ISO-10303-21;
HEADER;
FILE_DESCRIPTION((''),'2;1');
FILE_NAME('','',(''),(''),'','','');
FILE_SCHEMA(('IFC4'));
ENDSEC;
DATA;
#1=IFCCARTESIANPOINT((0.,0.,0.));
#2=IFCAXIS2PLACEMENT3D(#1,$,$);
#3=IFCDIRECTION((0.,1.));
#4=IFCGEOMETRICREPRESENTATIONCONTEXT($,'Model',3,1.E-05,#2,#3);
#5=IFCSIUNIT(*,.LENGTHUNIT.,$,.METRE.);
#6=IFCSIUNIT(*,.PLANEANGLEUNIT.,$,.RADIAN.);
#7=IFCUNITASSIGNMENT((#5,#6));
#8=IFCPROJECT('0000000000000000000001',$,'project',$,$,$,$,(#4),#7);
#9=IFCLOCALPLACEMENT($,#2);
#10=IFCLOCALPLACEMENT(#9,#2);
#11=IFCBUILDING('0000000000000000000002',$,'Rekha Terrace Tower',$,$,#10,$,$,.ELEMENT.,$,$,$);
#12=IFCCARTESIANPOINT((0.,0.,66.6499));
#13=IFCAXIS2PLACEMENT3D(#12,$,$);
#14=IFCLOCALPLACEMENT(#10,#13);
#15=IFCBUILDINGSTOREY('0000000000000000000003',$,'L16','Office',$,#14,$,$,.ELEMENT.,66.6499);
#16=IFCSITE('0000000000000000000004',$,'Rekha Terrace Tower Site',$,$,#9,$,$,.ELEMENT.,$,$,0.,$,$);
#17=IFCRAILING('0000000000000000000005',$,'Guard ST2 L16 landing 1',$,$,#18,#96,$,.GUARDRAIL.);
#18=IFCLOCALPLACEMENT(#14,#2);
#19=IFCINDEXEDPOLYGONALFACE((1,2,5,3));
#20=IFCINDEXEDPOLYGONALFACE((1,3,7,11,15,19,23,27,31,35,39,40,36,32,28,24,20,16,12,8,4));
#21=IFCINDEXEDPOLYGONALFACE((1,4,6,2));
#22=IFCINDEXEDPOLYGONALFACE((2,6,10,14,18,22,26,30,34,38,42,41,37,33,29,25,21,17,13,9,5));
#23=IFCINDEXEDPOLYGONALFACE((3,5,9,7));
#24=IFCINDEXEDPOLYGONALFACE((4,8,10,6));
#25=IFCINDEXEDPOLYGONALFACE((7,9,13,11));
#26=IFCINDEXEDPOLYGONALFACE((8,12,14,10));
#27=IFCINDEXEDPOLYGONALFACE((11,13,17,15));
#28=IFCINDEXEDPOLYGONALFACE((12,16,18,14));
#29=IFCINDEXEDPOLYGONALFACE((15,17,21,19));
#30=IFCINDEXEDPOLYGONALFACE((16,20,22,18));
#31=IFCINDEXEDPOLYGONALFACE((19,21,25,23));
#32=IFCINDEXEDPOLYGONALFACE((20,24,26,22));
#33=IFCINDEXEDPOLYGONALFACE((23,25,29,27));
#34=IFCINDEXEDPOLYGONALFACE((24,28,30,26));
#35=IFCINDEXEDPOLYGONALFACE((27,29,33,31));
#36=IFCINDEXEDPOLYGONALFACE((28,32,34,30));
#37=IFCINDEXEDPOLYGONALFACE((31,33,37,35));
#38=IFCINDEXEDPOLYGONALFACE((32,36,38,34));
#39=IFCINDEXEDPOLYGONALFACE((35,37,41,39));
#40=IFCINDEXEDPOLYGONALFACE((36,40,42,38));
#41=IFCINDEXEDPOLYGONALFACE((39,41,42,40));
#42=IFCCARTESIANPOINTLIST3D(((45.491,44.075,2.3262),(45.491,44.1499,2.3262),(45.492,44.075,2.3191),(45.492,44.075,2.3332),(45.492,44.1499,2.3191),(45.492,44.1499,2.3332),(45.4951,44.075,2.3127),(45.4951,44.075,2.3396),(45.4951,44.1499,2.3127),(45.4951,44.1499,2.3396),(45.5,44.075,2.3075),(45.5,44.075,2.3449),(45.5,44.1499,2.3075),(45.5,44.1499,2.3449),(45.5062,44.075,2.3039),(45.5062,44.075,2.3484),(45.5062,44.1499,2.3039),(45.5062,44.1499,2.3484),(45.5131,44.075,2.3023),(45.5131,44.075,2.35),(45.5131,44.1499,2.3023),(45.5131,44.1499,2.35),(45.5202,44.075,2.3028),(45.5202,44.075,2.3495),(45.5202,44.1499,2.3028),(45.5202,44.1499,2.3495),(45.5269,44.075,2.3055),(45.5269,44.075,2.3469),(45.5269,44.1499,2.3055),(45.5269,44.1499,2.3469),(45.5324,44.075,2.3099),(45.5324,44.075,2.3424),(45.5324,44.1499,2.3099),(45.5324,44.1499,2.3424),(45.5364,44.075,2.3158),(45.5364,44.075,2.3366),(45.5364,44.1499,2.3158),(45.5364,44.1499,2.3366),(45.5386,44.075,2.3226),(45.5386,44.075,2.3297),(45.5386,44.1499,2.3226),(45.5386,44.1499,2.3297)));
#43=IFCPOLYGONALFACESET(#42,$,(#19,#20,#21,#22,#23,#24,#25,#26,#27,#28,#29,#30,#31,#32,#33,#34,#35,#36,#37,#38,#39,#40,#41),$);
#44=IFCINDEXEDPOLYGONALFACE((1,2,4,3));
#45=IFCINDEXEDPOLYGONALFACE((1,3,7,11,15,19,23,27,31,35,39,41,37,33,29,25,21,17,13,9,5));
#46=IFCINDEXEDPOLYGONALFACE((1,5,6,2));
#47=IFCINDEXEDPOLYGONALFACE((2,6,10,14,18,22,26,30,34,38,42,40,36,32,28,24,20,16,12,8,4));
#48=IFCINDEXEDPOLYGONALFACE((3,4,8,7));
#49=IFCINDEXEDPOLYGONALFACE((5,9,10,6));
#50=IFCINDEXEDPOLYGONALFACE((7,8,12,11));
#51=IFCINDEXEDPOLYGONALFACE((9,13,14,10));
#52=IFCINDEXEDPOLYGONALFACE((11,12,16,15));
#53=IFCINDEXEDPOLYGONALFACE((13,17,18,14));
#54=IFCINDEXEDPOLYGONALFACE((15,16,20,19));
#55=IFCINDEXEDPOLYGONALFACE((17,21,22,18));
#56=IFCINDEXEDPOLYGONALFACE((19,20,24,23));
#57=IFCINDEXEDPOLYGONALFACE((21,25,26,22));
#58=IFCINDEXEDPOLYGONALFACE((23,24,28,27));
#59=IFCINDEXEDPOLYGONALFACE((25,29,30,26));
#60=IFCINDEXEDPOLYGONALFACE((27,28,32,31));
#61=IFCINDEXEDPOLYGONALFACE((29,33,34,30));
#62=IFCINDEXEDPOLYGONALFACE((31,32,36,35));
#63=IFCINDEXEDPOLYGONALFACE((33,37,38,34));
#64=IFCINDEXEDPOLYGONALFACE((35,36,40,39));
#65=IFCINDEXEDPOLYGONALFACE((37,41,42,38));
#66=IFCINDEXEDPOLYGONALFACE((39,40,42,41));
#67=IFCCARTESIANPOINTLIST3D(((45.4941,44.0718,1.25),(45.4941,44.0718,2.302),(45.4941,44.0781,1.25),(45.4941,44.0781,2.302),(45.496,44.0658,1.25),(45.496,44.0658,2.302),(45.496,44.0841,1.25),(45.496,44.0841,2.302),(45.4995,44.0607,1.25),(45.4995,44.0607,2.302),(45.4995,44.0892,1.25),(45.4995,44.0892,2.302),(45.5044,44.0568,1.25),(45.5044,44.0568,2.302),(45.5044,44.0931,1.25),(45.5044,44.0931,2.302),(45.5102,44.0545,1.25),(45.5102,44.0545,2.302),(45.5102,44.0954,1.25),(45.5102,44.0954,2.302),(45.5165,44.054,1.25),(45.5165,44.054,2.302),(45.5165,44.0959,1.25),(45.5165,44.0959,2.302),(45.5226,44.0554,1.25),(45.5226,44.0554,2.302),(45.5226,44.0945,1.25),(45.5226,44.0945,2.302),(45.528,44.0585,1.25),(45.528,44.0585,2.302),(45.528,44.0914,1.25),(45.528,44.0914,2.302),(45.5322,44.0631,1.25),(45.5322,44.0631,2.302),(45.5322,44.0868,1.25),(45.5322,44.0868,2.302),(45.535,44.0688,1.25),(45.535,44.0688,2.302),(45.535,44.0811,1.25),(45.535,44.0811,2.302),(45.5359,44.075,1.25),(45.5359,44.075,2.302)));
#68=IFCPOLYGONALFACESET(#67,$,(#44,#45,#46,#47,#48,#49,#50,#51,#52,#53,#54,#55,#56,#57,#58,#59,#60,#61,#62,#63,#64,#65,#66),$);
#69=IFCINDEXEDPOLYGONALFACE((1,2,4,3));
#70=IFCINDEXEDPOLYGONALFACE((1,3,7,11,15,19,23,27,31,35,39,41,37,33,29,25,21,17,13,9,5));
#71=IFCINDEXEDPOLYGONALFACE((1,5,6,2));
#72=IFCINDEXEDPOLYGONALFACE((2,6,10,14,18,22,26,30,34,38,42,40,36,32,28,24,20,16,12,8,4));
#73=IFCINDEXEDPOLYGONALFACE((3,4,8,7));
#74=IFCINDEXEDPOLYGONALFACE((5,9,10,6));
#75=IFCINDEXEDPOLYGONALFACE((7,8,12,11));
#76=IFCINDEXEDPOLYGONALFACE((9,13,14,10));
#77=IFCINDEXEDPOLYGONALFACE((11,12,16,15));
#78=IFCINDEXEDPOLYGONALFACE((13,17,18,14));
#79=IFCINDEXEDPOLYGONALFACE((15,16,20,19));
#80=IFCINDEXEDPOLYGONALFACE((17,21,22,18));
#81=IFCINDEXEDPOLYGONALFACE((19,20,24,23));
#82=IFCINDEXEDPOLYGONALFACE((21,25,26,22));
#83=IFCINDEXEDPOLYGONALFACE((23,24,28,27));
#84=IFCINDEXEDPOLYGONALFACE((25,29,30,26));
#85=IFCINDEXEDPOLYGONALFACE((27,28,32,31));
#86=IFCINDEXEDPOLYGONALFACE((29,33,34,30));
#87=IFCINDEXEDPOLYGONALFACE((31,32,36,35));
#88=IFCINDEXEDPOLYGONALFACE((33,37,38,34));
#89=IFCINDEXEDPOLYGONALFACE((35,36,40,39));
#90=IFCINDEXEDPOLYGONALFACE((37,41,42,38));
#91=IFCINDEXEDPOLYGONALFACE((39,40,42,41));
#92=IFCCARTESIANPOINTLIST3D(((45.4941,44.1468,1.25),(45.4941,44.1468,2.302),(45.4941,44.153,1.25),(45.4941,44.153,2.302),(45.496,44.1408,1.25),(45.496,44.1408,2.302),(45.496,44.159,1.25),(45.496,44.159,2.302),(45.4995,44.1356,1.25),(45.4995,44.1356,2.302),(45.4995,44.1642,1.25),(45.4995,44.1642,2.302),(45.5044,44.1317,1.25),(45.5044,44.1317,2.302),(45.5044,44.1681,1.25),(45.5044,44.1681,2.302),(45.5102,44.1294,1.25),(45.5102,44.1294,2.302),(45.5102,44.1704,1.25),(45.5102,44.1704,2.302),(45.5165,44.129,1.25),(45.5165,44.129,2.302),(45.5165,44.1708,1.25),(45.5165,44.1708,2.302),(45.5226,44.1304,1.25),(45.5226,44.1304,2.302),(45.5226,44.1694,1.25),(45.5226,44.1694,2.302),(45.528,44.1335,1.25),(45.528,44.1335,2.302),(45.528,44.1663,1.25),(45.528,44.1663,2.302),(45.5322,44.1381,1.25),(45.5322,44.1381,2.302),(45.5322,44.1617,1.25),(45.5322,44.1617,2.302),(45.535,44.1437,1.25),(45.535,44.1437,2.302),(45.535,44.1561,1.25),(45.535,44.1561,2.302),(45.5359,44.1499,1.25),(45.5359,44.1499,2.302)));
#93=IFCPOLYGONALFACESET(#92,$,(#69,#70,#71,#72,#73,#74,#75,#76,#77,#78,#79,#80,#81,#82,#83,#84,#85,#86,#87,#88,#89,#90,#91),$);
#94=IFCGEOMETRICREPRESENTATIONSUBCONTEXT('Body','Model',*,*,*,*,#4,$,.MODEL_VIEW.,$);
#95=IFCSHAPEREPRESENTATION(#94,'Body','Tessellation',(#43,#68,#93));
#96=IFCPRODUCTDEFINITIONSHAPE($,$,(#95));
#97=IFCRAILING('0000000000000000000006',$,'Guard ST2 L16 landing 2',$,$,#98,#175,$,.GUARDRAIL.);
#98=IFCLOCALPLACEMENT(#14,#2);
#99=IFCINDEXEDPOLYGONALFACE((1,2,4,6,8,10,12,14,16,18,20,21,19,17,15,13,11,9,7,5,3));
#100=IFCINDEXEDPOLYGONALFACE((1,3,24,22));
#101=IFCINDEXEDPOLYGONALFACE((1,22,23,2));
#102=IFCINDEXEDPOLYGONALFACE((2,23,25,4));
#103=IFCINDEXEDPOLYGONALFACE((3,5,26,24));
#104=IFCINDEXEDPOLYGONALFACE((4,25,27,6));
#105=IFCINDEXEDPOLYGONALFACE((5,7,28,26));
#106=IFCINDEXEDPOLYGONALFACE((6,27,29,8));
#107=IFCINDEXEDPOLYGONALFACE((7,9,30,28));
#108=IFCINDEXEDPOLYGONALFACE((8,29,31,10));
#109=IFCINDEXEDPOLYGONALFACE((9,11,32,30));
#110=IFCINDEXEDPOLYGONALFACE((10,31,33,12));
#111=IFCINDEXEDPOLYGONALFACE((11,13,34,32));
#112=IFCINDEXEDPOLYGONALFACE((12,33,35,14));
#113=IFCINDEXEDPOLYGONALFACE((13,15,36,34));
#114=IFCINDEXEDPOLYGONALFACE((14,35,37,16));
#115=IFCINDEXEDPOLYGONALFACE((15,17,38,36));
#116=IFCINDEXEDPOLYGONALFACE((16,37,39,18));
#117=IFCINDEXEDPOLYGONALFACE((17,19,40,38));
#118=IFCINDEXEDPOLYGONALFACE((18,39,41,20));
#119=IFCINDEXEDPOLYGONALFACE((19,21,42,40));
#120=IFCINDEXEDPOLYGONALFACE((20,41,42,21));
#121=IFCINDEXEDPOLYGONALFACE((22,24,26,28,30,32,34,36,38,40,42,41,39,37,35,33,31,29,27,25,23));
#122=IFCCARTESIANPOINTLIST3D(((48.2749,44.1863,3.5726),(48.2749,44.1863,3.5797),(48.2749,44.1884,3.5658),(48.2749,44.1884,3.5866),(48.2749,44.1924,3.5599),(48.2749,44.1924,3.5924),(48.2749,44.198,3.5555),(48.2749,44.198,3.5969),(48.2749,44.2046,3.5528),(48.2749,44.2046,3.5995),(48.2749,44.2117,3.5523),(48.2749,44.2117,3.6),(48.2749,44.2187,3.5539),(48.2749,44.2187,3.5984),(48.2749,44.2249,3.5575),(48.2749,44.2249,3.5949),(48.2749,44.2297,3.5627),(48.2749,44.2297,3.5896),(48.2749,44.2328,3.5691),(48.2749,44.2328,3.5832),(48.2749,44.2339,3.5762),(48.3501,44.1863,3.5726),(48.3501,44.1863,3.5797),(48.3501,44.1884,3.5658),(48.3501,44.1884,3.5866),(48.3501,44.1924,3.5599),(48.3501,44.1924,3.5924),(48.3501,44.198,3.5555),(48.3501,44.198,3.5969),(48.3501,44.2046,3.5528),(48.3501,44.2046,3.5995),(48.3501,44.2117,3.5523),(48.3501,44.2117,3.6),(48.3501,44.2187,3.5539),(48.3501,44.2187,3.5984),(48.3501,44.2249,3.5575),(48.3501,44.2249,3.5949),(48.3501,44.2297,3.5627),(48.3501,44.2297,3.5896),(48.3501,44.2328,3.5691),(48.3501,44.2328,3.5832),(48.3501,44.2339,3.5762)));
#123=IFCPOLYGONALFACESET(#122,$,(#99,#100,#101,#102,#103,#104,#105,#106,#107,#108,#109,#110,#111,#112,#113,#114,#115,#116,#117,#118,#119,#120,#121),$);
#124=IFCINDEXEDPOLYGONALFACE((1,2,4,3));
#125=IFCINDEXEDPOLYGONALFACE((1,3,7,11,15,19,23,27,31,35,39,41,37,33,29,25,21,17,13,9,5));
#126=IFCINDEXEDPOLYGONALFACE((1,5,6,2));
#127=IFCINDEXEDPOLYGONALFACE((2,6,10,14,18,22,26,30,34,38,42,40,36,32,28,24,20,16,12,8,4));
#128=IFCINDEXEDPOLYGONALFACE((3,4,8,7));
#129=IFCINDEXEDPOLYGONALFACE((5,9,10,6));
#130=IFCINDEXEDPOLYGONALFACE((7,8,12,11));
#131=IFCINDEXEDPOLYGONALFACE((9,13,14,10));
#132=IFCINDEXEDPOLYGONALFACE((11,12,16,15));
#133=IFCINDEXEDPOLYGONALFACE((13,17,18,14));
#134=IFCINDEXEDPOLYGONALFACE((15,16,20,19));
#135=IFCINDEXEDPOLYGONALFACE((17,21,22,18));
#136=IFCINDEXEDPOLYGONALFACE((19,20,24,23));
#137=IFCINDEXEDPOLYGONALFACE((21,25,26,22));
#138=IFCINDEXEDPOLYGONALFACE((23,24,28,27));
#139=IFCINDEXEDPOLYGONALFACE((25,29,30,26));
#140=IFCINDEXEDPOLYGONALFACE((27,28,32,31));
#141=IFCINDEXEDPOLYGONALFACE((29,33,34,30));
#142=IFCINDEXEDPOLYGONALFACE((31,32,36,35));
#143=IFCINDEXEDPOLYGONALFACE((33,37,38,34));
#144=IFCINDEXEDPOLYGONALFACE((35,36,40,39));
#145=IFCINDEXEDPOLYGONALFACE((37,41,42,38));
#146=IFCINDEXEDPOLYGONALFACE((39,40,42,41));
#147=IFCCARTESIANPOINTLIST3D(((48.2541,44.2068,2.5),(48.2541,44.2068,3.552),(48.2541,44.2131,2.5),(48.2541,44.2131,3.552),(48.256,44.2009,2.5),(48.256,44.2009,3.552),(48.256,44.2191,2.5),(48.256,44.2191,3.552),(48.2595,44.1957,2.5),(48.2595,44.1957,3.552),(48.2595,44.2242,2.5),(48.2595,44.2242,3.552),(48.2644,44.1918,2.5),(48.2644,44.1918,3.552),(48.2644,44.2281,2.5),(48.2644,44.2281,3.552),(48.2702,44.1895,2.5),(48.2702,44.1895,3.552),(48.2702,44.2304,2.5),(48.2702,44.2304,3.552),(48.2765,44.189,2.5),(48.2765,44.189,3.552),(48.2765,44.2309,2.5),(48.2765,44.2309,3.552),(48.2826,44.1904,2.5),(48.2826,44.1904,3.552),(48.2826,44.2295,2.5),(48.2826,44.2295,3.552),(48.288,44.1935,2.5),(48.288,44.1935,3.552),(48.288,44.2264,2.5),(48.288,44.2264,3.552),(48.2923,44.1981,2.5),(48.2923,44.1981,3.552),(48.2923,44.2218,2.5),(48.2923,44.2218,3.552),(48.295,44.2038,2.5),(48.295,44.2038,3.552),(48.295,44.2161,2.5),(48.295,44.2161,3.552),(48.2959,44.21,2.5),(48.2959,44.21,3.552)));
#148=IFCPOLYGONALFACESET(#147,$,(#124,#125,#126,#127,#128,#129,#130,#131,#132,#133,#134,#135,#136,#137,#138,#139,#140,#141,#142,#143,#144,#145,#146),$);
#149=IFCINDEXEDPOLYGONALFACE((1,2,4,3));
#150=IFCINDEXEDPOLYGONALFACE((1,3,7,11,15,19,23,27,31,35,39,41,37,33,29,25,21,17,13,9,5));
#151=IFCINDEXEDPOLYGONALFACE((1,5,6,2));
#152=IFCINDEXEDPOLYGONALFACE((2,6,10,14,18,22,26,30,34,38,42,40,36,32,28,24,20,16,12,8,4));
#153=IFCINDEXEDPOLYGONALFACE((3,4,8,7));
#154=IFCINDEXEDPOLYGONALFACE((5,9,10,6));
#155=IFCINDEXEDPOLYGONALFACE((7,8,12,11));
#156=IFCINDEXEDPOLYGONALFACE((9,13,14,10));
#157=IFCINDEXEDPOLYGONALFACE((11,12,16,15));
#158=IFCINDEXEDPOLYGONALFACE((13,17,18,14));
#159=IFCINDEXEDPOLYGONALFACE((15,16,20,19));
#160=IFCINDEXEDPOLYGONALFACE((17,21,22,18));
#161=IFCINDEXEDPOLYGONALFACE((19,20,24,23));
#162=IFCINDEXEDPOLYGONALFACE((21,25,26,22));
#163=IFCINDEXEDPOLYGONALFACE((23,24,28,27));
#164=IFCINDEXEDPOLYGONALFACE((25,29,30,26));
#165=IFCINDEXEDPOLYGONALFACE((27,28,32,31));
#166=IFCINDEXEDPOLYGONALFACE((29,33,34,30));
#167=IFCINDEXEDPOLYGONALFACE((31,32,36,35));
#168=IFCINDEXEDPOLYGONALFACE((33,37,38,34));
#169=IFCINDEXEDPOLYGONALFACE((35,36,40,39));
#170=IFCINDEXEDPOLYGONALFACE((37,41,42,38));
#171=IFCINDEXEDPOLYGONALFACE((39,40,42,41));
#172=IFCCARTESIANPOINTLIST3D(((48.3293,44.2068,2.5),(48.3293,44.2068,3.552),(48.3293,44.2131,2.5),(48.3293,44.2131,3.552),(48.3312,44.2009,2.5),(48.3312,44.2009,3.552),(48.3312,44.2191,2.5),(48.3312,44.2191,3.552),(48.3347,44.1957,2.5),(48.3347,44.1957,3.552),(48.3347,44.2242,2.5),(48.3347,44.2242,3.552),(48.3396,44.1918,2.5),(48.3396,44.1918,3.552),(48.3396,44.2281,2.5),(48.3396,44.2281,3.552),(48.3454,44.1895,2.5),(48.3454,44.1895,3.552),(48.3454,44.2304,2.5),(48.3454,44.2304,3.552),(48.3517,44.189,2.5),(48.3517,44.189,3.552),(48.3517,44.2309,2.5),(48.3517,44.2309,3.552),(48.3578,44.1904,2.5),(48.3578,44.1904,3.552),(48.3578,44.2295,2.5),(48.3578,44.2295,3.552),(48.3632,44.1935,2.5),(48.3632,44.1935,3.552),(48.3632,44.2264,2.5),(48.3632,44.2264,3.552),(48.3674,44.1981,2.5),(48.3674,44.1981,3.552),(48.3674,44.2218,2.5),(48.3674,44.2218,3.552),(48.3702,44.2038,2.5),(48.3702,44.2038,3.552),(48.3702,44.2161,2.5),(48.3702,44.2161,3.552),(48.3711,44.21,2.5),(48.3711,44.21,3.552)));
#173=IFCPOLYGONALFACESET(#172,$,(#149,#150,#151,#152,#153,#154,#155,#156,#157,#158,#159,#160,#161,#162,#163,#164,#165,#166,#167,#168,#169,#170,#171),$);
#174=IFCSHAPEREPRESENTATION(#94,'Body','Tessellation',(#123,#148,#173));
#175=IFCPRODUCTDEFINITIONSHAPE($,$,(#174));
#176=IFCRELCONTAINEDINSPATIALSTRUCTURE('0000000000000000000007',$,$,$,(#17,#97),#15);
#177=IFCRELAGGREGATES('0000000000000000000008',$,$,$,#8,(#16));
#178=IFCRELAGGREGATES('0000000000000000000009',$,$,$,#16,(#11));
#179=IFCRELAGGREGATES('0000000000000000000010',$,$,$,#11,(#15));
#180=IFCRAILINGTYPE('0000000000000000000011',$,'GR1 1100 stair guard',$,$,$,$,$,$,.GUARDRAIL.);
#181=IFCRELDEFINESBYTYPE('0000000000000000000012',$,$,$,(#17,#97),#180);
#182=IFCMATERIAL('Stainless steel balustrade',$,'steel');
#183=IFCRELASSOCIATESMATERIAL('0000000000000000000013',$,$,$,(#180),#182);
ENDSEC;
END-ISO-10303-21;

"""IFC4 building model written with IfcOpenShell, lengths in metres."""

from ifc_helpers import new_model, si_unit, direction, frame, origin, origin_2d, place, context, subcontext, project, spatial, circle, extrude, material, type_object, element, save


model = new_model("IFC4")

# Units and contexts
model_context = context("Model", 3, precision=1e-05, world=origin(), true_north=direction((0.0, 1.0)))
body_context = subcontext(model_context, "Body", "Model", "MODEL_VIEW")
ifc_project = project(units=[si_unit("LENGTHUNIT", "METRE"), si_unit("PLANEANGLEUNIT", "RADIAN")], contexts=[model_context])

# Site, building, storey
site_placement = place(None, origin())
site = spatial("IfcSite", under=ifc_project, at=site_placement, Name="Rekha Terrace Tower Site", CompositionType="ELEMENT", RefElevation=0.0)
building_placement = place(site_placement, origin())
building = spatial("IfcBuilding", under=site, at=building_placement, Name="Rekha Terrace Tower", CompositionType="ELEMENT")
storey_placement = place(building_placement, frame((0.0, 0.0, 66.6499)))
storey = spatial("IfcBuildingStorey", under=building, at=storey_placement, Name="L16", Description="Office", CompositionType="ELEMENT", Elevation=66.6499)

# Railings
ifc_material_1 = material(Name="Stainless steel balustrade", Category="steel")
railing_type_1 = type_object("IfcRailingType", Name="GR1 1100 stair guard", PredefinedType="GUARDRAIL", material=ifc_material_1)
railing_1_placement = place(storey_placement, frame((45.5149, 44.075, 1.25)))
element("IfcRailing", 1, at=railing_1_placement, inside=storey, type_object=railing_type_1, Name="Guard ST2 L16 landing 1", PredefinedType="GUARDRAIL", context=body_context, shape_type="SweptSolid", body=[
    extrude(circle(Radius=0.0239, at=origin_2d()), frame((0.0, 0.0, 1.0762), z_axis=(0.0, 1.0, 0.0), x_axis=(-1.0, 0.0, 0.0)), (0.0, 0.0, 1.0), 0.075),
    extrude(circle(Radius=0.021, at=origin_2d()), origin(), (0.0, 0.0, 1.0), 1.052),
    extrude(circle(Radius=0.021, at=origin_2d()), frame((0.0, 0.075, 0.0)), (0.0, 0.0, 1.0), 1.052),
])
railing_2_placement = place(storey_placement, frame((48.2749, 44.21, 2.5)))
element("IfcRailing", 2, at=railing_2_placement, inside=storey, type_object=railing_type_1, Name="Guard ST2 L16 landing 2", PredefinedType="GUARDRAIL", context=body_context, shape_type="SweptSolid", body=[
    extrude(circle(Radius=0.0239, at=origin_2d()), frame((0.0, 0.0, 1.0762), z_axis=(1.0, 0.0, 0.0), x_axis=(0.0, 1.0, 0.0)), (0.0, 0.0, 1.0), 0.0752),
    extrude(circle(Radius=0.021, at=origin_2d()), origin(), (0.0, 0.0, 1.0), 1.052),
    extrude(circle(Radius=0.021, at=origin_2d()), frame((0.0752, 0.0, 0.0)), (0.0, 0.0, 1.0), 1.052),
])

save(model, "model.ifc")
